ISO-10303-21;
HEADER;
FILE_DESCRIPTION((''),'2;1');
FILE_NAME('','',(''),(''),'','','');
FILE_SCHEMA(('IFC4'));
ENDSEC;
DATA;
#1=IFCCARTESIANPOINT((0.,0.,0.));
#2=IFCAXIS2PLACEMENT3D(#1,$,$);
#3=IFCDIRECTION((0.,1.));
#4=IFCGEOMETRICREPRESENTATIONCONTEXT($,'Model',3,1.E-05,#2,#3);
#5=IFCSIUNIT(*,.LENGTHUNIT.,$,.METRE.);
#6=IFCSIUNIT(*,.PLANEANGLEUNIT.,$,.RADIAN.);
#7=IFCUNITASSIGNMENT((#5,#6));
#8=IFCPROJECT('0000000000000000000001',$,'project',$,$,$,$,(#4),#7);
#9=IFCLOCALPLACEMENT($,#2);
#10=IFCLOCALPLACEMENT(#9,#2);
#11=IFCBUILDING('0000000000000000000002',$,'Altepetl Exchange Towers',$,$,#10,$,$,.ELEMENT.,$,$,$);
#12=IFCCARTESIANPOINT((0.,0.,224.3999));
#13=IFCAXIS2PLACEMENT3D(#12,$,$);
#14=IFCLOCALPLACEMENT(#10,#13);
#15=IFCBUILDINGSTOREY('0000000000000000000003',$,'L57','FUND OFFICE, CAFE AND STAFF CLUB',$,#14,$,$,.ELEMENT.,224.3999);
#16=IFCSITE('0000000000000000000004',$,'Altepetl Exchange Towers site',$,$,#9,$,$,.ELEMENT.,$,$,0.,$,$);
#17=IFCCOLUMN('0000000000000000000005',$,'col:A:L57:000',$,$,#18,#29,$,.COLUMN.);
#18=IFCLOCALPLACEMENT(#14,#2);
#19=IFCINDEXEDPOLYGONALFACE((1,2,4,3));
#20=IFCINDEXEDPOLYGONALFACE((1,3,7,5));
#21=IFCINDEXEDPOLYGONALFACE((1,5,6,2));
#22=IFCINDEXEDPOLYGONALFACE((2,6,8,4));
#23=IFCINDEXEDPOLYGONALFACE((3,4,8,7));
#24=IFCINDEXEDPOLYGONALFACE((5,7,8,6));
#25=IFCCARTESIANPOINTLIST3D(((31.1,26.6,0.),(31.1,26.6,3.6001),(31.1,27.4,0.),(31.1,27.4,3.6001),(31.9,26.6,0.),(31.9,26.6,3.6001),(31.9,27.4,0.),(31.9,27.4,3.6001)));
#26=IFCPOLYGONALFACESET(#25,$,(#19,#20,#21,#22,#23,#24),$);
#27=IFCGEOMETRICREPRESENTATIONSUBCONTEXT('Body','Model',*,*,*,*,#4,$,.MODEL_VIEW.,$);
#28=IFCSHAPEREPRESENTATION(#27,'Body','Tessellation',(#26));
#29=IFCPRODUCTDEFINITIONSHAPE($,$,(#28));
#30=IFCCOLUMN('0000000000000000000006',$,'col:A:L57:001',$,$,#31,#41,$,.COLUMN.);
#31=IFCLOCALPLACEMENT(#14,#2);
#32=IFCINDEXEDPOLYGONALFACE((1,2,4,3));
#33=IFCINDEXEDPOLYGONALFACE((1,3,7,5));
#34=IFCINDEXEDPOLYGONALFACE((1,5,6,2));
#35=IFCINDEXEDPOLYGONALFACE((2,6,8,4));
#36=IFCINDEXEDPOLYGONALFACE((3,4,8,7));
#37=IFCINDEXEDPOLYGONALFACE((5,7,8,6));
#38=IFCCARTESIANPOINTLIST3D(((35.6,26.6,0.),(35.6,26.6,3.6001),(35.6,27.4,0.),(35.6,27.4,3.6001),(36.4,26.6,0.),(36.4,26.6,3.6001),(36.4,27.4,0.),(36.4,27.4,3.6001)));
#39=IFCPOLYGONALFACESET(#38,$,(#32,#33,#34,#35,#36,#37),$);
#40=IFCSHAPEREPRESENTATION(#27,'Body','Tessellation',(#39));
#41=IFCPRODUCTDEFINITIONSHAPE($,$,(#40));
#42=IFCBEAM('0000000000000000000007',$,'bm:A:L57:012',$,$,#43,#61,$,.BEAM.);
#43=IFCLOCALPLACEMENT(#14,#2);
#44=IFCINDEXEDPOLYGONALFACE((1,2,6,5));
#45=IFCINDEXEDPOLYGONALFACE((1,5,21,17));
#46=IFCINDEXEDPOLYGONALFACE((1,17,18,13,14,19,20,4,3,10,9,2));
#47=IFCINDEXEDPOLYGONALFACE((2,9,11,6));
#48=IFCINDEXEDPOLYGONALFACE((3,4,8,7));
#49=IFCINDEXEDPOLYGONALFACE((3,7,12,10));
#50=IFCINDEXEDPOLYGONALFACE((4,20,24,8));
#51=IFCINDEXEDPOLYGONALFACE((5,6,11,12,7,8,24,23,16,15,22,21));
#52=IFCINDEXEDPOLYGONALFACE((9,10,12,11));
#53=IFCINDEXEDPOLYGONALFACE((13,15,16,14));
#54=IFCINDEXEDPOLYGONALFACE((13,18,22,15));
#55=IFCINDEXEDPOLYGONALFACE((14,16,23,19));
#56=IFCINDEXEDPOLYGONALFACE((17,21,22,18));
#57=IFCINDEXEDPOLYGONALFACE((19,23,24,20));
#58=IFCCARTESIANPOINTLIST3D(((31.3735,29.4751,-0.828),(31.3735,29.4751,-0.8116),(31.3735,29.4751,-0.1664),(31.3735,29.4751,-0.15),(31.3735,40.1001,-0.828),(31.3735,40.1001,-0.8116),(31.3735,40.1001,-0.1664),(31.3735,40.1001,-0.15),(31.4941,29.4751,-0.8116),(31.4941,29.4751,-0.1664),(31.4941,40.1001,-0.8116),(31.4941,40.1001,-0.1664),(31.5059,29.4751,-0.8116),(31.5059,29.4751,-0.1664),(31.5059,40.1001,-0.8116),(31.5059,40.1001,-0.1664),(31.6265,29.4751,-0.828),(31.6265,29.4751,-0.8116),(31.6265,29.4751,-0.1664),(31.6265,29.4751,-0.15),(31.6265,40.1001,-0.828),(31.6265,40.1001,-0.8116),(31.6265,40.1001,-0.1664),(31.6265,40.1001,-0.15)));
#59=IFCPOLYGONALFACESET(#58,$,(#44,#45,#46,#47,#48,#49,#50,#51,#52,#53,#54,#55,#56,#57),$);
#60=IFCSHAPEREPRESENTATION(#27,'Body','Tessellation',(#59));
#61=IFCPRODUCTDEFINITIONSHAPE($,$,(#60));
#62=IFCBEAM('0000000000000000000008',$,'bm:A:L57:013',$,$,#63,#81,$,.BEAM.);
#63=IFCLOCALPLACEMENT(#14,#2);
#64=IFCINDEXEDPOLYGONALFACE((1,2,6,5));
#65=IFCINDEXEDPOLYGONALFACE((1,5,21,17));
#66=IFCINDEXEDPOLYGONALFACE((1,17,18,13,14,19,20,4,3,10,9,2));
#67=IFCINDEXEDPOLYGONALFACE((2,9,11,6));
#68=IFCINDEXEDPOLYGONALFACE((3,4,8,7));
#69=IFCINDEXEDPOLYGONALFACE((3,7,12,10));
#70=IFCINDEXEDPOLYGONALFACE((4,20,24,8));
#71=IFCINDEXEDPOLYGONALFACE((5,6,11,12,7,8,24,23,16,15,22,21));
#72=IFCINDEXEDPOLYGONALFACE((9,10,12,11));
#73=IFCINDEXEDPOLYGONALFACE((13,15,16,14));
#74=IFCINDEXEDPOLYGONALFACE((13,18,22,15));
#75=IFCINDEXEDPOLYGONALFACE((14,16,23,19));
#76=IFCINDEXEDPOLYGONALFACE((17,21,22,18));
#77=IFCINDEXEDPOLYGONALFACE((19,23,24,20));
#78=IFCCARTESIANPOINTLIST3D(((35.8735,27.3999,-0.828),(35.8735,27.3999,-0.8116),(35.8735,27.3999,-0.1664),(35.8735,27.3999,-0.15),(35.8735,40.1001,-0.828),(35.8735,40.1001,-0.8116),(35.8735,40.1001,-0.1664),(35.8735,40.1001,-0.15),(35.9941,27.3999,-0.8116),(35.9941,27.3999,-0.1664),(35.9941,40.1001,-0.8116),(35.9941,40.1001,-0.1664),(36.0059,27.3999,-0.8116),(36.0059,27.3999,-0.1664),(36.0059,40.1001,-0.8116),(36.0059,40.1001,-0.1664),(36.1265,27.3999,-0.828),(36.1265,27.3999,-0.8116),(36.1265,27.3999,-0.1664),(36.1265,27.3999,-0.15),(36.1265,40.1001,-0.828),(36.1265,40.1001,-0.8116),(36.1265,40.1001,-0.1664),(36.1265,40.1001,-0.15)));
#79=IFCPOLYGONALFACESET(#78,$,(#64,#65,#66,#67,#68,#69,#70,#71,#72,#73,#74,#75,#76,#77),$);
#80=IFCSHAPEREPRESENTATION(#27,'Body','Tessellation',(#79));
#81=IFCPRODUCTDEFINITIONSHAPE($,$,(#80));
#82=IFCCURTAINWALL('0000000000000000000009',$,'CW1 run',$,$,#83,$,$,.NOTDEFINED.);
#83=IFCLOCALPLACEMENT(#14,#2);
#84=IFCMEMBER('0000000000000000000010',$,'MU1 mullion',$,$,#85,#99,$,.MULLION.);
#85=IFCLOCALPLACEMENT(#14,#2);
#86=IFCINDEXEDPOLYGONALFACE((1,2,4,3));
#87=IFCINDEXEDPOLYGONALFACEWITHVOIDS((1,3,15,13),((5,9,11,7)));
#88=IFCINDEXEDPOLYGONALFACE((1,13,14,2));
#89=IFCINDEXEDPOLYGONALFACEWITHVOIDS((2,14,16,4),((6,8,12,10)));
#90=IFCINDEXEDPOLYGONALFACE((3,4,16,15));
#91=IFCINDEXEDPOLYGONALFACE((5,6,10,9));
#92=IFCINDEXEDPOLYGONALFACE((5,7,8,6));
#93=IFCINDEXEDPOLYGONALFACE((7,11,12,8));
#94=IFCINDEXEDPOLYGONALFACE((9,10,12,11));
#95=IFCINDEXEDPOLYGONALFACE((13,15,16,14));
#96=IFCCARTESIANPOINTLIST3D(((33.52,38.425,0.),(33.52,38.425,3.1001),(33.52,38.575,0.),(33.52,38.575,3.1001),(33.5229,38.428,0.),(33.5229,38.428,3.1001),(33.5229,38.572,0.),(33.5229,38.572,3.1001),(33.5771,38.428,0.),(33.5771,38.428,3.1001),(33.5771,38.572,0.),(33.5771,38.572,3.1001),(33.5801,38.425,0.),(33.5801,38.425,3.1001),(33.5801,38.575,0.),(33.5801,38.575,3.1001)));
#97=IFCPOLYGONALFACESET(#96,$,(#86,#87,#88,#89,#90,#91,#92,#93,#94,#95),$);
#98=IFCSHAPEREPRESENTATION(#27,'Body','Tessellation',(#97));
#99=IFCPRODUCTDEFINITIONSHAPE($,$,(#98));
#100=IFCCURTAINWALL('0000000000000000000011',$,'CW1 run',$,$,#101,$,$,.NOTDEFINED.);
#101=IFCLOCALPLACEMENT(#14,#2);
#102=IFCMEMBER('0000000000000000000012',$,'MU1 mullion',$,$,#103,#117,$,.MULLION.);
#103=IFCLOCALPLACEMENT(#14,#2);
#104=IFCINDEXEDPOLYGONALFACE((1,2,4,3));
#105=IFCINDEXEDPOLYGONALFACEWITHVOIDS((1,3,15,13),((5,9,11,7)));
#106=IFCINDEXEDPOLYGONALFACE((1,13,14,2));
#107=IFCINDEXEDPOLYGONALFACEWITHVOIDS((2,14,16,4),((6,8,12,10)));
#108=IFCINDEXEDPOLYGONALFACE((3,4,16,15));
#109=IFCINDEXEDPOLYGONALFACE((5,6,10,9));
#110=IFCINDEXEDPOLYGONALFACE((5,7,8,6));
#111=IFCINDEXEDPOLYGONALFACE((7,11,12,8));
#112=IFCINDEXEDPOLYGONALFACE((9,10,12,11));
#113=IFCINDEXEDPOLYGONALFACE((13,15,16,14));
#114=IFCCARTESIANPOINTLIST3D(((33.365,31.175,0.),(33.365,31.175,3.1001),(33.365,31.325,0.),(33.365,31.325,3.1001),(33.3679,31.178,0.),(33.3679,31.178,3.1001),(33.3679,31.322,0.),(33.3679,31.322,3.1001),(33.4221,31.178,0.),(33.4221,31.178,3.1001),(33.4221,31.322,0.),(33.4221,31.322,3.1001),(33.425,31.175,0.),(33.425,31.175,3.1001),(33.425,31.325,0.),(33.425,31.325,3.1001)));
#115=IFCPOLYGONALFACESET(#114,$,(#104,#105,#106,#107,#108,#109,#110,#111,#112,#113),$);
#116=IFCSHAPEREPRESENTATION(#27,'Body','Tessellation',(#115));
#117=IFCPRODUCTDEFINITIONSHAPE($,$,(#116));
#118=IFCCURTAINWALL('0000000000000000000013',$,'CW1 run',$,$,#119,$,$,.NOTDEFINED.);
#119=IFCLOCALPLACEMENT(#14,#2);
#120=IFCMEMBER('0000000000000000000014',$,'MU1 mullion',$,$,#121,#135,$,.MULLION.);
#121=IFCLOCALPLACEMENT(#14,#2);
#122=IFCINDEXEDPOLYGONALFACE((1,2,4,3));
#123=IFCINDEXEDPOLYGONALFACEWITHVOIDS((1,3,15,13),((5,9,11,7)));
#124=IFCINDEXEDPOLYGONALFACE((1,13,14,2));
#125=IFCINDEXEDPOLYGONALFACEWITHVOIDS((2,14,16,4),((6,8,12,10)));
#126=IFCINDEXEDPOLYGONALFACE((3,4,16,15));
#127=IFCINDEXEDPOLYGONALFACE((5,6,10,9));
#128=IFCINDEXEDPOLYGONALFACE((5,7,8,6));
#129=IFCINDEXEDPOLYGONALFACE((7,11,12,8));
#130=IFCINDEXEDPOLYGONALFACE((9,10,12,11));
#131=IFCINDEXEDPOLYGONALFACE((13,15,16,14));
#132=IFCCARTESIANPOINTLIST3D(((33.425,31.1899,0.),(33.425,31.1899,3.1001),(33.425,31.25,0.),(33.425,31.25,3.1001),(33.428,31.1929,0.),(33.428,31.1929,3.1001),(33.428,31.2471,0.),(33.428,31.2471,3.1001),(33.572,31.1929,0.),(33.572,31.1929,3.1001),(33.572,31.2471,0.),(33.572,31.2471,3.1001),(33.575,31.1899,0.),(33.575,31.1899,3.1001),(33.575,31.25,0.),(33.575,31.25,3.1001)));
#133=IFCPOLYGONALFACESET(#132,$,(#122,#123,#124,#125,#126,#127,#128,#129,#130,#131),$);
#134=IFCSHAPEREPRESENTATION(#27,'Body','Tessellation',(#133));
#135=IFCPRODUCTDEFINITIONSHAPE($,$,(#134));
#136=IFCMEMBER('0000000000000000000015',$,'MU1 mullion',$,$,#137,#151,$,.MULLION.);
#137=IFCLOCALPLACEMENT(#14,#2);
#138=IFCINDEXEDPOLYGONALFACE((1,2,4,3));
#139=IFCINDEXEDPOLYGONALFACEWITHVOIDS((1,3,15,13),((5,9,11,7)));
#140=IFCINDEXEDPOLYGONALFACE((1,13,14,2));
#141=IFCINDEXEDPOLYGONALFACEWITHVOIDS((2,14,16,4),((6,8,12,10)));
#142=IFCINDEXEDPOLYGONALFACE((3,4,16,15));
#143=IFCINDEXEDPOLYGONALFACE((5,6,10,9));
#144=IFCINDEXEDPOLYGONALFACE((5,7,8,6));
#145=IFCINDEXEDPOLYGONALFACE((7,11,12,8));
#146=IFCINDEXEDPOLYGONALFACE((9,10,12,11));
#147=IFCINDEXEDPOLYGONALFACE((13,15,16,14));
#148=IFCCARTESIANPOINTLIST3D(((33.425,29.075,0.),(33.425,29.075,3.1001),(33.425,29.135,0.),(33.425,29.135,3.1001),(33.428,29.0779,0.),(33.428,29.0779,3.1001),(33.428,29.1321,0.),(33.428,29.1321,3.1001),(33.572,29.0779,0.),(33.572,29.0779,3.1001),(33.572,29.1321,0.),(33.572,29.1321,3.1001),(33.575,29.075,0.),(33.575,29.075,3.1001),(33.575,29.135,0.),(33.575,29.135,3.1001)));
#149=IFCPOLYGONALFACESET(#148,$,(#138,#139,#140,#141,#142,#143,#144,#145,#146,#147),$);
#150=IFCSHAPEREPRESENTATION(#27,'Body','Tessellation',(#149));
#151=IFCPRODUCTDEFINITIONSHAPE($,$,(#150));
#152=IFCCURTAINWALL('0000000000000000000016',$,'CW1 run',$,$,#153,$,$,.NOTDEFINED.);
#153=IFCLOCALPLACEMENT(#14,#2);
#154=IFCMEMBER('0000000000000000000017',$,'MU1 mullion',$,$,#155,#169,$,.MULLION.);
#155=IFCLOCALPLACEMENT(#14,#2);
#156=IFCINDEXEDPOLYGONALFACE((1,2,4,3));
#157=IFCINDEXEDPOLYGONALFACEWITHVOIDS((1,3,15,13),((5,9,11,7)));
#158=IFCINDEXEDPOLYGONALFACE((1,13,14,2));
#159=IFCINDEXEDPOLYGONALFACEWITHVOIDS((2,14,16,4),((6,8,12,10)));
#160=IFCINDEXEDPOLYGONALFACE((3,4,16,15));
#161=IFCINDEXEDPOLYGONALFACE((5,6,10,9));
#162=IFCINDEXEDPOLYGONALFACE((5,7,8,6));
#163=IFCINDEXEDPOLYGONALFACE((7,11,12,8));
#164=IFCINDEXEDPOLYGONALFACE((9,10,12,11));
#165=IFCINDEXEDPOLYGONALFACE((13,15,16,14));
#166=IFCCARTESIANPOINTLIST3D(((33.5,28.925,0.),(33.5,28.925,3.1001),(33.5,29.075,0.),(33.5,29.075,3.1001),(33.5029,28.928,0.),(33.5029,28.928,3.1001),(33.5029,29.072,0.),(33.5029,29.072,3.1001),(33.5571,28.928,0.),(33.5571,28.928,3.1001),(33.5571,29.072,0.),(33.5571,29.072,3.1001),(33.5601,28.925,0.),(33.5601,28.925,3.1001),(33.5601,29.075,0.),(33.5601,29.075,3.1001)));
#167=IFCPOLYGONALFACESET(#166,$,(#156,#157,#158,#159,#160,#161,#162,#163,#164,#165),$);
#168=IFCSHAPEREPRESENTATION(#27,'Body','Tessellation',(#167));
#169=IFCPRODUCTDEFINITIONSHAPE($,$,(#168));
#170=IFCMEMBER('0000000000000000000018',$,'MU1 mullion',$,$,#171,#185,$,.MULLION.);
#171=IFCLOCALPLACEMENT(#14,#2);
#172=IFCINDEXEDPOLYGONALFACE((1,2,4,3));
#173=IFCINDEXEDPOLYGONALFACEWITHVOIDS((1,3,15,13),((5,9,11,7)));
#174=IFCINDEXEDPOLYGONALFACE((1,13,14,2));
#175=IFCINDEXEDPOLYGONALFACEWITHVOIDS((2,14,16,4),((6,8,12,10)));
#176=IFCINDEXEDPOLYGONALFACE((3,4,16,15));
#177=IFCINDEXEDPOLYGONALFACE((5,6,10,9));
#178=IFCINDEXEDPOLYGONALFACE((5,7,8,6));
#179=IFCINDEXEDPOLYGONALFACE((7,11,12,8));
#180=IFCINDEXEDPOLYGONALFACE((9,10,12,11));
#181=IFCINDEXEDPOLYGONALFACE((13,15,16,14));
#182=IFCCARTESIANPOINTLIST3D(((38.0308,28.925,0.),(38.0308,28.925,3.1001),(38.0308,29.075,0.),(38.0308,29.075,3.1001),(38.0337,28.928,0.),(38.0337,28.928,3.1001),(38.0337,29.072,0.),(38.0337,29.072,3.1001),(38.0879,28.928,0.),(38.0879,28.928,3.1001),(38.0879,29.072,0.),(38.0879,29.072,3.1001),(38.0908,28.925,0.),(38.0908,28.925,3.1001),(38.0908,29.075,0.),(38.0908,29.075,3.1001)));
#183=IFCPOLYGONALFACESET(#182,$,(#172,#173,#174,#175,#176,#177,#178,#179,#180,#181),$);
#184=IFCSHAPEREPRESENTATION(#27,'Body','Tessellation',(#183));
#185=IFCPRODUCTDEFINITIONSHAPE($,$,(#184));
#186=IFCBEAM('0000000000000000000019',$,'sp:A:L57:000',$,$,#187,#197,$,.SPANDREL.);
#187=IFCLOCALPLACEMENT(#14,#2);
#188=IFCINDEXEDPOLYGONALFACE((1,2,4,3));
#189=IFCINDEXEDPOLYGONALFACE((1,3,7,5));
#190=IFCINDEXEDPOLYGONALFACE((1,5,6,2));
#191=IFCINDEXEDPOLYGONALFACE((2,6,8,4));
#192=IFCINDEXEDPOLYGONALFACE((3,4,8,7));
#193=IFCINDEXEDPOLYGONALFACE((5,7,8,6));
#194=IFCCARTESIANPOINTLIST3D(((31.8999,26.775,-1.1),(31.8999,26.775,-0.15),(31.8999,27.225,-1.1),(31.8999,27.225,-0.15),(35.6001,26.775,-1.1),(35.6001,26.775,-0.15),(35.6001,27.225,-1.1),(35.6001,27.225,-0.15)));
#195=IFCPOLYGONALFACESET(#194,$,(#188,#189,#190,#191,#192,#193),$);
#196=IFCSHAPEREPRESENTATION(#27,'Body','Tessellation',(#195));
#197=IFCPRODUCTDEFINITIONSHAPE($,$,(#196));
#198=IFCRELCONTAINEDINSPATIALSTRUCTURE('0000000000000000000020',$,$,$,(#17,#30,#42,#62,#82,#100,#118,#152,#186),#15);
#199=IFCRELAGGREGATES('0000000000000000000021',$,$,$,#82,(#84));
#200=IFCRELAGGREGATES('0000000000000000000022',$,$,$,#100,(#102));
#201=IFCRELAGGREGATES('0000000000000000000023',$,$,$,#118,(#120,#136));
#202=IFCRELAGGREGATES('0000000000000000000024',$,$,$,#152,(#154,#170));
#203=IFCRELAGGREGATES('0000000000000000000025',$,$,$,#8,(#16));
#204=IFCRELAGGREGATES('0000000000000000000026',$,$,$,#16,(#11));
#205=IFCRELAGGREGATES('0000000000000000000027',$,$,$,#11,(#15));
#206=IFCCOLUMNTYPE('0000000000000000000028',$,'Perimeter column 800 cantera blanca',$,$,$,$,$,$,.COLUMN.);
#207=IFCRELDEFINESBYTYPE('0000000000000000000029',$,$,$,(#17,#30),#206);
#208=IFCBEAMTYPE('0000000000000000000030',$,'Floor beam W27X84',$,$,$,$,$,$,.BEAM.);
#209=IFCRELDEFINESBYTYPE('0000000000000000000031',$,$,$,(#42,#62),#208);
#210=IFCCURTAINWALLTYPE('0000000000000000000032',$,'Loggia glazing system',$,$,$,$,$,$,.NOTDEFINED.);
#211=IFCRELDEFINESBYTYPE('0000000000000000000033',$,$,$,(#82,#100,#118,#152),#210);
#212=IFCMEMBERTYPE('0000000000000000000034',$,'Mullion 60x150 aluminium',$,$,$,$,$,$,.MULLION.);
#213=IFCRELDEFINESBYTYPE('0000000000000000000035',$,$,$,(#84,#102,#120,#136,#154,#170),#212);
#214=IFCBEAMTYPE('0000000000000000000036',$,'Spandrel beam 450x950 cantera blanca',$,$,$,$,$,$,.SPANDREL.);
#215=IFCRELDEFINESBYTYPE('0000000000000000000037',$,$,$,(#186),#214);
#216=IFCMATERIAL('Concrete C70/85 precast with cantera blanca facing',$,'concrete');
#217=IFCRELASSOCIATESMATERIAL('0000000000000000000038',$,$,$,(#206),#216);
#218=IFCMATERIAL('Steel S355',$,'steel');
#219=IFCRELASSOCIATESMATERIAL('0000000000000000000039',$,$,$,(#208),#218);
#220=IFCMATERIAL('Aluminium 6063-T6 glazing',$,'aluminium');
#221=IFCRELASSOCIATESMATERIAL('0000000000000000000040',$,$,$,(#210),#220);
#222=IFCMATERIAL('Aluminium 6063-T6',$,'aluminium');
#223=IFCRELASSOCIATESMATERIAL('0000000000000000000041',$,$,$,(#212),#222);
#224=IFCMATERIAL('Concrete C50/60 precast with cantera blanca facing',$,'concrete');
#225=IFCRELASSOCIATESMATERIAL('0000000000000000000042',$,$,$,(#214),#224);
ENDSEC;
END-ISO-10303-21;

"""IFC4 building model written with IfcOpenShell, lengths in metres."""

from ifc_helpers import new_model, si_unit, direction, frame, origin, origin_2d, place, context, subcontext, project, spatial, rectangle, hollow_rectangle, i_section, extrude, material, material_profile, profile_set, type_object, element, aggregate, save


model = new_model("IFC4")

# Units and contexts
model_context = context("Model", 3, precision=1e-05, world=origin(), true_north=direction((0.0, 1.0)))
body_context = subcontext(model_context, "Body", "Model", "MODEL_VIEW")
ifc_project = project(units=[si_unit("LENGTHUNIT", "METRE"), si_unit("PLANEANGLEUNIT", "RADIAN")], contexts=[model_context])

# Site, building, storey
site_placement = place(None, origin())
site = spatial("IfcSite", under=ifc_project, at=site_placement, Name="Altepetl Exchange Towers site", CompositionType="ELEMENT", RefElevation=0.0)
building_placement = place(site_placement, origin())
building = spatial("IfcBuilding", under=site, at=building_placement, Name="Altepetl Exchange Towers", CompositionType="ELEMENT")
storey_placement = place(building_placement, frame((0.0, 0.0, 224.3999)))
storey = spatial("IfcBuildingStorey", under=building, at=storey_placement, Name="L57", Description="FUND OFFICE, CAFE AND STAFF CLUB", CompositionType="ELEMENT", Elevation=224.3999)

# Columns
ifc_material_1 = material(Name="Concrete C70/85 precast with cantera blanca facing", Category="concrete")
ifc_material_profile_1 = material_profile(ifc_material_1, rectangle(XDim=0.8, YDim=0.8, at=origin_2d()), Name="800 x 800")
ifc_profile_set_1 = profile_set([ifc_material_profile_1], Name="Concrete C70/85 precast with cantera blanca facing")
column_type = type_object("IfcColumnType", Name="Perimeter column 800 cantera blanca", PredefinedType="COLUMN", material=ifc_profile_set_1)
for number, where, name in (
    (1, (31.5, 27.0, 0.0), "col:A:L57:000"),
    (2, (36.0, 27.0, 0.0), "col:A:L57:001"),
):
    element("IfcColumn", number, at=place(storey_placement, frame(where)), inside=storey, type_object=column_type, Name=name, PredefinedType="COLUMN", context=body_context, shape_type="SweptSolid", body=[
        extrude(rectangle(XDim=0.8, YDim=0.8, at=origin_2d()), origin(), (0.0, 0.0, 1.0), 3.6001),
    ])

# Beams
ifc_material_2 = material(Name="Steel S355", Category="steel")
ifc_material_profile_2 = material_profile(ifc_material_2, i_section(OverallWidth=0.2529, OverallDepth=0.678, WebThickness=0.0117, FlangeThickness=0.0164, at=origin_2d()), Name="W27X84")
ifc_profile_set_2 = profile_set([ifc_material_profile_2], Name="Steel S355")
beam_type_1 = type_object("IfcBeamType", Name="Floor beam W27X84", PredefinedType="BEAM", material=ifc_profile_set_2)
beam_1_placement = place(storey_placement, frame((31.5, 29.4751, -0.489), z_axis=(0.0, 1.0, 0.0), x_axis=(-1.0, 0.0, 0.0)))
element("IfcBeam", 3, at=beam_1_placement, inside=storey, type_object=beam_type_1, Name="bm:A:L57:012", PredefinedType="BEAM", context=body_context, shape_type="SweptSolid", body=[
    extrude(i_section(OverallWidth=0.2529, OverallDepth=0.678, WebThickness=0.0117, FlangeThickness=0.0164, at=origin_2d()), origin(), (0.0, 0.0, 1.0), 10.625),
])
beam_2_placement = place(storey_placement, frame((36.0, 27.3999, -0.489), z_axis=(0.0, 1.0, 0.0), x_axis=(-1.0, 0.0, 0.0)))
element("IfcBeam", 4, at=beam_2_placement, inside=storey, type_object=beam_type_1, Name="bm:A:L57:013", PredefinedType="BEAM", context=body_context, shape_type="SweptSolid", body=[
    extrude(i_section(OverallWidth=0.2529, OverallDepth=0.678, WebThickness=0.0117, FlangeThickness=0.0164, at=origin_2d()), origin(), (0.0, 0.0, 1.0), 12.7002),
])

# Curtain walls, members
ifc_material_3 = material(Name="Aluminium 6063-T6 glazing", Category="aluminium")
curtain_wall_type = type_object("IfcCurtainWallType", Name="Loggia glazing system", PredefinedType="NOTDEFINED", material=ifc_material_3)
curtain_wall_1_placement = place(storey_placement, origin())
curtain_wall_1 = element("IfcCurtainWall", 5, at=curtain_wall_1_placement, inside=storey, type_object=curtain_wall_type, Name="CW1 run", PredefinedType="NOTDEFINED")
ifc_material_4 = material(Name="Aluminium 6063-T6", Category="aluminium")
ifc_material_profile_3 = material_profile(ifc_material_4, hollow_rectangle(XDim=0.0601, YDim=0.1499, WallThickness=0.0029, at=origin_2d()), Name="Mullion 60x150 aluminium")
ifc_profile_set_3 = profile_set([ifc_material_profile_3], Name="Aluminium 6063-T6")
member_type = type_object("IfcMemberType", Name="Mullion 60x150 aluminium", PredefinedType="MULLION", material=ifc_profile_set_3)
member_1_placement = place(storey_placement, frame((33.55, 38.5, 0.0), z_axis=(0.0, 0.0, 1.0), x_axis=(-1.0, 0.0, 0.0)))
member_1 = element("IfcMember", 6, at=member_1_placement, type_object=member_type, Name="MU1 mullion", PredefinedType="MULLION", context=body_context, shape_type="SweptSolid", body=[
    extrude(hollow_rectangle(XDim=0.0601, YDim=0.1499, WallThickness=0.0029, at=origin_2d()), origin(), (0.0, 0.0, 1.0), 3.1001),
])
curtain_wall_2_placement = place(storey_placement, origin())
curtain_wall_2 = element("IfcCurtainWall", 7, at=curtain_wall_2_placement, inside=storey, type_object=curtain_wall_type, Name="CW1 run", PredefinedType="NOTDEFINED")
member_2_placement = place(storey_placement, frame((33.395, 31.25, 0.0)))
member_2 = element("IfcMember", 8, at=member_2_placement, type_object=member_type, Name="MU1 mullion", PredefinedType="MULLION", context=body_context, shape_type="SweptSolid", body=[
    extrude(hollow_rectangle(XDim=0.0601, YDim=0.1499, WallThickness=0.0029, at=origin_2d()), origin(), (0.0, 0.0, 1.0), 3.1001),
])

# Curtain walls, members
curtain_wall_3_placement = place(storey_placement, origin())
curtain_wall_3 = element("IfcCurtainWall", 9, at=curtain_wall_3_placement, inside=storey, type_object=curtain_wall_type, Name="CW1 run", PredefinedType="NOTDEFINED")
member_3_placement = place(storey_placement, frame((33.5, 31.22, 0.0), z_axis=(0.0, 0.0, 1.0), x_axis=(0.0, -1.0, 0.0)))
member_3 = element("IfcMember", 10, at=member_3_placement, type_object=member_type, Name="MU1 mullion", PredefinedType="MULLION", context=body_context, shape_type="SweptSolid", body=[
    extrude(hollow_rectangle(XDim=0.0601, YDim=0.1499, WallThickness=0.0029, at=origin_2d()), origin(), (0.0, 0.0, 1.0), 3.1001),
])
member_4_placement = place(storey_placement, frame((33.5, 29.105, 0.0), z_axis=(0.0, 0.0, 1.0), x_axis=(0.0, -1.0, 0.0)))
member_4 = element("IfcMember", 11, at=member_4_placement, type_object=member_type, Name="MU1 mullion", PredefinedType="MULLION", context=body_context, shape_type="SweptSolid", body=[
    extrude(hollow_rectangle(XDim=0.0601, YDim=0.1499, WallThickness=0.0029, at=origin_2d()), origin(), (0.0, 0.0, 1.0), 3.1001),
])
curtain_wall_4_placement = place(storey_placement, origin())
curtain_wall_4 = element("IfcCurtainWall", 12, at=curtain_wall_4_placement, inside=storey, type_object=curtain_wall_type, Name="CW1 run", PredefinedType="NOTDEFINED")
member_5_placement = place(storey_placement, frame((33.53, 29.0, 0.0)))
member_5 = element("IfcMember", 13, at=member_5_placement, type_object=member_type, Name="MU1 mullion", PredefinedType="MULLION", context=body_context, shape_type="SweptSolid", body=[
    extrude(hollow_rectangle(XDim=0.0601, YDim=0.1499, WallThickness=0.0029, at=origin_2d()), origin(), (0.0, 0.0, 1.0), 3.1001),
])
member_6_placement = place(storey_placement, frame((38.0608, 29.0, 0.0)))
member_6 = element("IfcMember", 14, at=member_6_placement, type_object=member_type, Name="MU1 mullion", PredefinedType="MULLION", context=body_context, shape_type="SweptSolid", body=[
    extrude(hollow_rectangle(XDim=0.0601, YDim=0.1499, WallThickness=0.0029, at=origin_2d()), origin(), (0.0, 0.0, 1.0), 3.1001),
])

# Beam
ifc_material_5 = material(Name="Concrete C50/60 precast with cantera blanca facing", Category="concrete")
ifc_material_profile_4 = material_profile(ifc_material_5, rectangle(XDim=0.45, YDim=0.95, at=origin_2d()), Name="450 x 950")
ifc_profile_set_4 = profile_set([ifc_material_profile_4], Name="Concrete C50/60 precast with cantera blanca facing")
beam_type_2 = type_object("IfcBeamType", Name="Spandrel beam 450x950 cantera blanca", PredefinedType="SPANDREL", material=ifc_profile_set_4)
for number, where, z_axis, x_axis, name in (
    (15, (31.8999, 27.0, -0.625), (1.0, 0.0, 0.0), (0.0, 1.0, 0.0), "sp:A:L57:000"),
):
    element("IfcBeam", number, at=place(storey_placement, frame(where, z_axis=z_axis, x_axis=x_axis)), inside=storey, type_object=beam_type_2, Name=name, PredefinedType="SPANDREL", context=body_context, shape_type="SweptSolid", body=[
        extrude(rectangle(XDim=0.45, YDim=0.95, at=origin_2d()), origin(), (0.0, 0.0, 1.0), 3.7002),
    ])

aggregate(curtain_wall_1, [member_1])
aggregate(curtain_wall_2, [member_2])
aggregate(curtain_wall_3, [member_3, member_4])
aggregate(curtain_wall_4, [member_5, member_6])

save(model, "model.ifc")
